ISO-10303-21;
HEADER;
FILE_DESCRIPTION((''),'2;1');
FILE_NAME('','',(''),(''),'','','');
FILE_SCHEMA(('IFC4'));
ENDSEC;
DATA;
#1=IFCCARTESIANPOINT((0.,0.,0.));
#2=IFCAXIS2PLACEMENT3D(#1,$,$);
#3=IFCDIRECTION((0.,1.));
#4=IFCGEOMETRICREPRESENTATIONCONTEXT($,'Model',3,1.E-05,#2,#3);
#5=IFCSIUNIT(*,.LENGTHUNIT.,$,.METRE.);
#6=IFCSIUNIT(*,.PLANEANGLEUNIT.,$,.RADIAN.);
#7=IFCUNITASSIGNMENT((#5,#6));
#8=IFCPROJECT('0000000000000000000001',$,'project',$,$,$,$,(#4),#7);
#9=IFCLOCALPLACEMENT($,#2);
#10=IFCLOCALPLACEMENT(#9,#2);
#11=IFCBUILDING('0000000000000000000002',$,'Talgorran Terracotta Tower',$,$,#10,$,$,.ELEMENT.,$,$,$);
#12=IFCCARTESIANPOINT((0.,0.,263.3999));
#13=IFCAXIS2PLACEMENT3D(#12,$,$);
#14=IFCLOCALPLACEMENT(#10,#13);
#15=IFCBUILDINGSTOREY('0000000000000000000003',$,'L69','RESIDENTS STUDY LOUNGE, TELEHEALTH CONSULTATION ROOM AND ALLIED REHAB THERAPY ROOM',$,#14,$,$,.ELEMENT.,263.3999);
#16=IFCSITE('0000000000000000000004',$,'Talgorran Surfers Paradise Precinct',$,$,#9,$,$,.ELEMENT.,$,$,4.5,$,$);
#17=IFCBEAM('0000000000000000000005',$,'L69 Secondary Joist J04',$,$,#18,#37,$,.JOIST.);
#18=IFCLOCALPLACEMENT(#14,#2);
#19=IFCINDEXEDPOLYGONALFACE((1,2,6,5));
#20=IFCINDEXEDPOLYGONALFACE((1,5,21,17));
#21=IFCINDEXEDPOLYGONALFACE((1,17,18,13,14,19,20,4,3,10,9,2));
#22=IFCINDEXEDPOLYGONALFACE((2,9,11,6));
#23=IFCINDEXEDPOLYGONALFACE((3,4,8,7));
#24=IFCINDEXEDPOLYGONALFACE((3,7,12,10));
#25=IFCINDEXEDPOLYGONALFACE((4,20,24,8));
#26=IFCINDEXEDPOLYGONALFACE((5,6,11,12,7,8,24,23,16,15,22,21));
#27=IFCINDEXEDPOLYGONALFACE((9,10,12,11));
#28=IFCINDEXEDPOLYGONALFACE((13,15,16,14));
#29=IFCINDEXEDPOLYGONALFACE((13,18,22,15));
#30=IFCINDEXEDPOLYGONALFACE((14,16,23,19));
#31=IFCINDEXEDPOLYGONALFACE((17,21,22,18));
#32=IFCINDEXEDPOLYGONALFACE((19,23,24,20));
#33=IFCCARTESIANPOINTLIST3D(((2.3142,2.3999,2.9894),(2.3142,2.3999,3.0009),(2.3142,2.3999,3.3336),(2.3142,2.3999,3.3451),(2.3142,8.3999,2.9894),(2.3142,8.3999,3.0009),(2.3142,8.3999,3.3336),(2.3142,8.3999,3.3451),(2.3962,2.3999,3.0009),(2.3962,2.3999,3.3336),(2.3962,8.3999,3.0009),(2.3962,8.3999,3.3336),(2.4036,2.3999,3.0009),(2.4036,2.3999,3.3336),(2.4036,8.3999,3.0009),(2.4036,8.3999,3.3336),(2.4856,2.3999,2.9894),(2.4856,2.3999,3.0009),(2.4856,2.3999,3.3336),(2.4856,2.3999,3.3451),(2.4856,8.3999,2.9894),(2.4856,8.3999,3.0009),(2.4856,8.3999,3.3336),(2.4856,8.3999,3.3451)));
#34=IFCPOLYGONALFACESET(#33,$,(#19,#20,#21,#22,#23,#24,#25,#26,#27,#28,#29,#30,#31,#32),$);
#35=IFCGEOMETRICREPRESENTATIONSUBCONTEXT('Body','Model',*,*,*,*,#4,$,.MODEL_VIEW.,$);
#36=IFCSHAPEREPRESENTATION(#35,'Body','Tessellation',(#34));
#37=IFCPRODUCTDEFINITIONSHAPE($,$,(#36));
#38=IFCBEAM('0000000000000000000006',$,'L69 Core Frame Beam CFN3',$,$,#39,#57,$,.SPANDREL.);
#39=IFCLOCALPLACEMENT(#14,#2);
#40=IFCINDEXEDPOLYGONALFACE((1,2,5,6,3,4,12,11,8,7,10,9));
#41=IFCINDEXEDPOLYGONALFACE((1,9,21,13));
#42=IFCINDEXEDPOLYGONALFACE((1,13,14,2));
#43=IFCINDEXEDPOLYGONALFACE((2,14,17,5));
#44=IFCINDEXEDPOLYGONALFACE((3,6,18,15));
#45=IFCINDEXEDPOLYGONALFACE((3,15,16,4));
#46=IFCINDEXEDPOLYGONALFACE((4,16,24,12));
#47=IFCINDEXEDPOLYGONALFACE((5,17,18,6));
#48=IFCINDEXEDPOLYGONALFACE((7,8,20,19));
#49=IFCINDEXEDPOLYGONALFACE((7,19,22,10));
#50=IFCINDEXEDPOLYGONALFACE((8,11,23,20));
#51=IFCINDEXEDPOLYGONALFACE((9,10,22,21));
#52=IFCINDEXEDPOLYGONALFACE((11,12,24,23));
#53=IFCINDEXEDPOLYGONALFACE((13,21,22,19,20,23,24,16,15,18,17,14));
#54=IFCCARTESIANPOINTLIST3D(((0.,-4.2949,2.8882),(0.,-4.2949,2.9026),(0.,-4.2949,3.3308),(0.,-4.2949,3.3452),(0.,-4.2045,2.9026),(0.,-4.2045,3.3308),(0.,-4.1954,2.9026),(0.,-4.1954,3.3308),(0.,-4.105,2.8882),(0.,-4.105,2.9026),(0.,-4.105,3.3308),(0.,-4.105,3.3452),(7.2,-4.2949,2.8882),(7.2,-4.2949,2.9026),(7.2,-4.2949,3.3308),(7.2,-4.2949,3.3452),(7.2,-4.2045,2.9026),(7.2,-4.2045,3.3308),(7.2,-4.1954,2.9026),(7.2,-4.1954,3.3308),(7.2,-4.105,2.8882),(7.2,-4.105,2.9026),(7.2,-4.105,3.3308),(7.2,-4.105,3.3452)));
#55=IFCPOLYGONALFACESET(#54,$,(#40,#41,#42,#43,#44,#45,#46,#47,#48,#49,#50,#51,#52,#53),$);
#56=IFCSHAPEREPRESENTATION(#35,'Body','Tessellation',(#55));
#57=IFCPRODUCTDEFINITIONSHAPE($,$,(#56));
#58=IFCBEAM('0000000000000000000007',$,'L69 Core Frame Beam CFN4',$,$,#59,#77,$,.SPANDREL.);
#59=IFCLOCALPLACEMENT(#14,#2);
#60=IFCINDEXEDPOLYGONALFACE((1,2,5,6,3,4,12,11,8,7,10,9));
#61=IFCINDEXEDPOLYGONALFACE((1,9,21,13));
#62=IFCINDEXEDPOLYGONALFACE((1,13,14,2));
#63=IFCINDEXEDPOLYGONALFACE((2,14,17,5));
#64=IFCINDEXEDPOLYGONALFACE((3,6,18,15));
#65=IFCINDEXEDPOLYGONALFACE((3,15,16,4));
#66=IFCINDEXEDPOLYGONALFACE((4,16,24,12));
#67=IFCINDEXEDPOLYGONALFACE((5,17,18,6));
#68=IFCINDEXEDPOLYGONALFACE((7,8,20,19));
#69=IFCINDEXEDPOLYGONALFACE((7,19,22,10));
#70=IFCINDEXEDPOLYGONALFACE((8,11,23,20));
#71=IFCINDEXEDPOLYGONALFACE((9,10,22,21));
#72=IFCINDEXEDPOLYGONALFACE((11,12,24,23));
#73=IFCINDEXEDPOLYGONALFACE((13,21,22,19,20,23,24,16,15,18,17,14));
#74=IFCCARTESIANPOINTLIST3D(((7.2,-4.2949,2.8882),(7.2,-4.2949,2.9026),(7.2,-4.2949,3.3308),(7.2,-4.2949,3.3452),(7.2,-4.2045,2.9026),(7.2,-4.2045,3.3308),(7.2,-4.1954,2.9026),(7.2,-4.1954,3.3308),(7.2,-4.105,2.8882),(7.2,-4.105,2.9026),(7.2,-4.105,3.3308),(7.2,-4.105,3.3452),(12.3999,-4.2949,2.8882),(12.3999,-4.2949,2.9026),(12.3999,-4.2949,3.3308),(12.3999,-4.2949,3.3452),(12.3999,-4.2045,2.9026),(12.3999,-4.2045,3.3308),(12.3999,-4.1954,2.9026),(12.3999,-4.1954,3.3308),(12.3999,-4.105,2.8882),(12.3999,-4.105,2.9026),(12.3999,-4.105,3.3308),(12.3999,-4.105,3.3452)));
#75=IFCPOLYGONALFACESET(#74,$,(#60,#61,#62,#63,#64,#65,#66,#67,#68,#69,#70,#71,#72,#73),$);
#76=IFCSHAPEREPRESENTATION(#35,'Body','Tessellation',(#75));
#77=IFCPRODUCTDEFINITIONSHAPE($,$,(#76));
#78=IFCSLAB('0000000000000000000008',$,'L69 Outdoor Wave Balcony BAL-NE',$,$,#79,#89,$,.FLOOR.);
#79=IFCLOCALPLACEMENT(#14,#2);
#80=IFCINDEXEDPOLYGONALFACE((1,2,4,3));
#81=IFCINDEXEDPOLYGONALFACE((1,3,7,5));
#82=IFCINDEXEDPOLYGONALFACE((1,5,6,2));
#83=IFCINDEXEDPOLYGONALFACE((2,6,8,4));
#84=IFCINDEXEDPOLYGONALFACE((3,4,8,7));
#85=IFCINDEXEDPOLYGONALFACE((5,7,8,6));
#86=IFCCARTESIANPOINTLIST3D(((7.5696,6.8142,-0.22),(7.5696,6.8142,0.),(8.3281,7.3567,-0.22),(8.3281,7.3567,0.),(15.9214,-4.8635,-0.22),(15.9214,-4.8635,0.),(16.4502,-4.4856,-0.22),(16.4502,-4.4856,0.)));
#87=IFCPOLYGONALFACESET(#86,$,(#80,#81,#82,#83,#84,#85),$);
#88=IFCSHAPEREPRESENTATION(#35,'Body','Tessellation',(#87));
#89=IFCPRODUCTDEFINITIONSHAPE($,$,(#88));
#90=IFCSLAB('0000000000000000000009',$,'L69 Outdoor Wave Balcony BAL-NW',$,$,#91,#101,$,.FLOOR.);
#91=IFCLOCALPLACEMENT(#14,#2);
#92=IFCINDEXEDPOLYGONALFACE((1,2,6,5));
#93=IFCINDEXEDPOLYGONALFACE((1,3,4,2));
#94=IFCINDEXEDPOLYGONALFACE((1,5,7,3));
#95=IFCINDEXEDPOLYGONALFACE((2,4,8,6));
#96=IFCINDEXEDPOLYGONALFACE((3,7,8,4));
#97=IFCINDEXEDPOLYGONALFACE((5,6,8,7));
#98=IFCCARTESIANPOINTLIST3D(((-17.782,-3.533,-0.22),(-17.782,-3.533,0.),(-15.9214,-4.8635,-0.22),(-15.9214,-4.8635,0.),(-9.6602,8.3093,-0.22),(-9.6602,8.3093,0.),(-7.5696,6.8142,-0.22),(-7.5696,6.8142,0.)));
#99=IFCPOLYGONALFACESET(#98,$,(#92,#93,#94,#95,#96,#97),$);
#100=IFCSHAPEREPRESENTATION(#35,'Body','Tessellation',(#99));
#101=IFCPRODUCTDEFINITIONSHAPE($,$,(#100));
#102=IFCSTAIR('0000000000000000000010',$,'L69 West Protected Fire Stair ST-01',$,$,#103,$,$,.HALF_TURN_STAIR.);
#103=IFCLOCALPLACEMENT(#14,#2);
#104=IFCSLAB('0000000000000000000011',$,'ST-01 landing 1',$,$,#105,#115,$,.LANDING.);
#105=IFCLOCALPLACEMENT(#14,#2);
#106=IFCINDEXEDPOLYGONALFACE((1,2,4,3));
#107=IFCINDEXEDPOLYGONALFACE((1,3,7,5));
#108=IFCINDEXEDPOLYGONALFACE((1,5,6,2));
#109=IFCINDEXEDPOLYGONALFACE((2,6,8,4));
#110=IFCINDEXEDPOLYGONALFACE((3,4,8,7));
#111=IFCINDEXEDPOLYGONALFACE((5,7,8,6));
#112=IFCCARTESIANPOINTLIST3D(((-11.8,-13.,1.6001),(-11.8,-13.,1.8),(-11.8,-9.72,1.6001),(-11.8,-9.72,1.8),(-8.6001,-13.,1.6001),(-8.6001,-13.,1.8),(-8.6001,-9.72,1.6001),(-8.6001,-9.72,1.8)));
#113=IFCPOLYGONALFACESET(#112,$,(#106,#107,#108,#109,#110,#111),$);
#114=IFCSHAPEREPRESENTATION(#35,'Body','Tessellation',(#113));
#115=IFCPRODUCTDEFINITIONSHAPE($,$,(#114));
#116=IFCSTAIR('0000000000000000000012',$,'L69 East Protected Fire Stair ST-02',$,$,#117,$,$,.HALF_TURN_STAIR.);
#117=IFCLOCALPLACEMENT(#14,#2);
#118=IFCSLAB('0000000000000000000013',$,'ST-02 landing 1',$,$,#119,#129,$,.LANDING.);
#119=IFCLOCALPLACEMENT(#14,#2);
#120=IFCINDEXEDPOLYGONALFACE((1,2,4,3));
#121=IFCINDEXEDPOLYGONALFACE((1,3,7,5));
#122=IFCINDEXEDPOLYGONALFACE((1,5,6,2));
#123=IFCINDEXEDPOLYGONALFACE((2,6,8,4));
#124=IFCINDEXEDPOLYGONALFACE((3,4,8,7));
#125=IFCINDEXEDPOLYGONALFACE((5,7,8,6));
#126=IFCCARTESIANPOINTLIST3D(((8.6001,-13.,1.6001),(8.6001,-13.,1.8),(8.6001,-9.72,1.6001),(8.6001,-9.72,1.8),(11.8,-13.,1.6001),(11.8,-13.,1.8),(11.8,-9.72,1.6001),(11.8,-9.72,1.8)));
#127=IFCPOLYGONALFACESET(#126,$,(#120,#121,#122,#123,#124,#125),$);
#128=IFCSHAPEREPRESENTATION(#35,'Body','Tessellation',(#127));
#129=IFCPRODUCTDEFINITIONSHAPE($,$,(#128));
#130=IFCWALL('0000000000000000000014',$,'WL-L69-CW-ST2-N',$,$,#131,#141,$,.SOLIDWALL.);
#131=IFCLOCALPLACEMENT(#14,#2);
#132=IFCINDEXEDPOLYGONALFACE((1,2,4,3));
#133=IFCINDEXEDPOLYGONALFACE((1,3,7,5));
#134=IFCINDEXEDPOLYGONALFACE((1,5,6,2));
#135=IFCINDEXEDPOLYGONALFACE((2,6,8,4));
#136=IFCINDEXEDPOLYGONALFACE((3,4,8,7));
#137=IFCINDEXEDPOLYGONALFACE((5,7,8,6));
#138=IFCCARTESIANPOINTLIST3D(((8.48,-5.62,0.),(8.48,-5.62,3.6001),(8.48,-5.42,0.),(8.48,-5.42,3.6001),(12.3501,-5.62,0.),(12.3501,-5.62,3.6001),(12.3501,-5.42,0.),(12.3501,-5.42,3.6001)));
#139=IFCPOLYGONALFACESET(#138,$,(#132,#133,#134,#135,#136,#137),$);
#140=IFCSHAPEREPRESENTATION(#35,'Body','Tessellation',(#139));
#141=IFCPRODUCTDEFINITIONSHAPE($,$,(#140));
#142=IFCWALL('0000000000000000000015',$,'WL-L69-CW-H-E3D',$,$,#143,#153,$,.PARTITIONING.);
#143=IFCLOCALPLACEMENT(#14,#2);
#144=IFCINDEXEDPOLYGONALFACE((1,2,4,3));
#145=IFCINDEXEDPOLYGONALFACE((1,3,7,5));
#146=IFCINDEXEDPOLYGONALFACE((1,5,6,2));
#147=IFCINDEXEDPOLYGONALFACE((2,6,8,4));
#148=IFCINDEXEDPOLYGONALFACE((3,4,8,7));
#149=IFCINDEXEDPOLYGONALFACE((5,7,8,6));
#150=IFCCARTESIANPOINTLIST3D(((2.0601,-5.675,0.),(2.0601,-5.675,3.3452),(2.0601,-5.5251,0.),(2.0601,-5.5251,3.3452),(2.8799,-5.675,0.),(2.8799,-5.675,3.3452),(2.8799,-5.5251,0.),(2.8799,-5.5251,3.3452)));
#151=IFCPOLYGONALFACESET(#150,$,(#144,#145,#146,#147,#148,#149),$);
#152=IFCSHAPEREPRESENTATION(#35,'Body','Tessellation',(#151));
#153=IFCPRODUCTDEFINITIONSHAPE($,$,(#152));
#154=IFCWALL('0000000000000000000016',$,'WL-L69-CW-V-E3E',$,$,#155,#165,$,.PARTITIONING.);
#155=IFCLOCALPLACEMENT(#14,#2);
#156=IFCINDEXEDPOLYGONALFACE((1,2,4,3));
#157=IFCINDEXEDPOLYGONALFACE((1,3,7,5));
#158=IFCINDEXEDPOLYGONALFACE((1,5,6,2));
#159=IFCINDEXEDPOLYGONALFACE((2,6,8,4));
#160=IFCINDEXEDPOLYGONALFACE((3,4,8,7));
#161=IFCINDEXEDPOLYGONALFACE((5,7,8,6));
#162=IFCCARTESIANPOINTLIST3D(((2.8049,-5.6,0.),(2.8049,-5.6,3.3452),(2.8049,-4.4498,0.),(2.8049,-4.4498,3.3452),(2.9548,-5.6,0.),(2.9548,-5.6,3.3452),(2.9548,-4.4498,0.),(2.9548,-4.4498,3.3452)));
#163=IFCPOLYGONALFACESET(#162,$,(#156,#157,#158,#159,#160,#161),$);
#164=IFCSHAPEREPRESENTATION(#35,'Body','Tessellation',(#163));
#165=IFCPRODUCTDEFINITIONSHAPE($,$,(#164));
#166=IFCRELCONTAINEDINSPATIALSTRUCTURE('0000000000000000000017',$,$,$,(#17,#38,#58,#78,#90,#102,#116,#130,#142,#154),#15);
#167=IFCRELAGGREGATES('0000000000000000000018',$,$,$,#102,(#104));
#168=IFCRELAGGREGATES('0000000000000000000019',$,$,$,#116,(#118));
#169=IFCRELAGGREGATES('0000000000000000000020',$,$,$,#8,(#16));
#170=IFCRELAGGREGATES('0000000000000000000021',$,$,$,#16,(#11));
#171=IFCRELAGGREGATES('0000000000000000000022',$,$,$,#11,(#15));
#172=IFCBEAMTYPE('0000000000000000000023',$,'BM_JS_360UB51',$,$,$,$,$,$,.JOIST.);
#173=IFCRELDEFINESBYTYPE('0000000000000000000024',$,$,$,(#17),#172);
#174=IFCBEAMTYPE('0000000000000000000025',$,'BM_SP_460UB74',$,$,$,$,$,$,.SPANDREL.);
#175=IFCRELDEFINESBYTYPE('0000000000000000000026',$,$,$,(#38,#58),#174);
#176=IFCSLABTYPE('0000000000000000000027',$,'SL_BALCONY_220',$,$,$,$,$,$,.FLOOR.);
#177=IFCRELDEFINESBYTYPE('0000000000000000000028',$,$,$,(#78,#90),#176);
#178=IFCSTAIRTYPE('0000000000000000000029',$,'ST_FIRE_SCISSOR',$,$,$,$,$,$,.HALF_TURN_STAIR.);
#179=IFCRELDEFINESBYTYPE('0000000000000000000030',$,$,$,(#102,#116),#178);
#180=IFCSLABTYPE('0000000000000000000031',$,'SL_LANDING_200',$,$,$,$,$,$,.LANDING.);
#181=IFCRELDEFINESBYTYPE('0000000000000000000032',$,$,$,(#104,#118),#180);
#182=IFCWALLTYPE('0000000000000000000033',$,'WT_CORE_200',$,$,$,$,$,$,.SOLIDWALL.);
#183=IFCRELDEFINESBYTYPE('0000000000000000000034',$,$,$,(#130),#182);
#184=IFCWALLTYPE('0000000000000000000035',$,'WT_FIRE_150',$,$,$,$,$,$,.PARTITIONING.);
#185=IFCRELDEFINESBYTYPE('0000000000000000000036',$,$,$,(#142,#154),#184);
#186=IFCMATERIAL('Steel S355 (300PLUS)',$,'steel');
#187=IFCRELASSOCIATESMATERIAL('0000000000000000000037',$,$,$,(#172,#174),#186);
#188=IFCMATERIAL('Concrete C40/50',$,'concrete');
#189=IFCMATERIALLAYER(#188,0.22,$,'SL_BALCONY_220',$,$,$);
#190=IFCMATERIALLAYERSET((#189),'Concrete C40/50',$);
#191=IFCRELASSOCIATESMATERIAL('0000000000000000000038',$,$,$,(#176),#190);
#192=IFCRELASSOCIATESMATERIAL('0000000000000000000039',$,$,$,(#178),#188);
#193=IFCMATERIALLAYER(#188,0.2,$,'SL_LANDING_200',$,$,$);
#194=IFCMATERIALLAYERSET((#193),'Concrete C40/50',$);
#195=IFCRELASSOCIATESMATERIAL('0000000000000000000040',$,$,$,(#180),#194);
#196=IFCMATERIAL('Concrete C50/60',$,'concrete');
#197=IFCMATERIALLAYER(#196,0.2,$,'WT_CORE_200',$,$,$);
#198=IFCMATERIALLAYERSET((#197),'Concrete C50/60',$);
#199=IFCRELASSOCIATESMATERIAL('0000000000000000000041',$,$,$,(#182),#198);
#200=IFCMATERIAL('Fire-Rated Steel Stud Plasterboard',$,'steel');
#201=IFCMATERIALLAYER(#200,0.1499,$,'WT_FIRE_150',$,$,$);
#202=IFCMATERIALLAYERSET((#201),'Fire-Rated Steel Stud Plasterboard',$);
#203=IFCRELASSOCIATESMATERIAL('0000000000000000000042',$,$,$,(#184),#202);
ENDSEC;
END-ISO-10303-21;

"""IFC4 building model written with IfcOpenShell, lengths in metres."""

from ifc_helpers import new_model, si_unit, direction, frame, frame_2d, origin, origin_2d, place, context, subcontext, project, spatial, polyline, rectangle, i_section, outline, extrude, material, layer, layer_set, material_profile, profile_set, type_object, element, aggregate, save


model = new_model("IFC4")

# Units and contexts
model_context = context("Model", 3, precision=1e-05, world=origin(), true_north=direction((0.0, 1.0)))
body_context = subcontext(model_context, "Body", "Model", "MODEL_VIEW")
ifc_project = project(units=[si_unit("LENGTHUNIT", "METRE"), si_unit("PLANEANGLEUNIT", "RADIAN")], contexts=[model_context])

# Site, building, storey
site_placement = place(None, origin())
site = spatial("IfcSite", under=ifc_project, at=site_placement, Name="Talgorran Surfers Paradise Precinct", CompositionType="ELEMENT", RefElevation=4.5)
building_placement = place(site_placement, origin())
building = spatial("IfcBuilding", under=site, at=building_placement, Name="Talgorran Terracotta Tower", CompositionType="ELEMENT")
storey_placement = place(building_placement, frame((0.0, 0.0, 263.3999)))
storey = spatial("IfcBuildingStorey", under=building, at=storey_placement, Name="L69", Description="RESIDENTS STUDY LOUNGE, TELEHEALTH CONSULTATION ROOM AND ALLIED REHAB THERAPY ROOM", CompositionType="ELEMENT", Elevation=263.3999)

# Shared definitions
ifc_material_1 = material(Name="Steel S355 (300PLUS)", Category="steel")

# Beams
ifc_material_profile_1 = material_profile(ifc_material_1, i_section(OverallWidth=0.1714, OverallDepth=0.3557, WebThickness=0.0073, FlangeThickness=0.0115, at=origin_2d()), Name="360UB50.7")
ifc_profile_set_1 = profile_set([ifc_material_profile_1], Name="Steel S355 (300PLUS)")
beam_type_1 = type_object("IfcBeamType", Name="BM_JS_360UB51", PredefinedType="JOIST", material=ifc_profile_set_1)
beam_1_placement = place(storey_placement, frame((2.3999, 2.3999, 3.1672), z_axis=(0.0, 1.0, 0.0), x_axis=(-1.0, 0.0, 0.0)))
element("IfcBeam", 1, at=beam_1_placement, inside=storey, type_object=beam_type_1, Name="L69 Secondary Joist J04", PredefinedType="JOIST", context=body_context, shape_type="SweptSolid", body=[
    extrude(i_section(OverallWidth=0.1714, OverallDepth=0.3557, WebThickness=0.0073, FlangeThickness=0.0115, at=origin_2d()), origin(), (0.0, 0.0, 1.0), 6.0),
])
ifc_material_profile_2 = material_profile(ifc_material_1, i_section(OverallWidth=0.1899, OverallDepth=0.457, WebThickness=0.009, FlangeThickness=0.0144, at=origin_2d()), Name="460UB74.6")
ifc_profile_set_2 = profile_set([ifc_material_profile_2], Name="Steel S355 (300PLUS)")
beam_type_2 = type_object("IfcBeamType", Name="BM_SP_460UB74", PredefinedType="SPANDREL", material=ifc_profile_set_2)
beam_2_placement = place(storey_placement, frame((0.0, -4.2, 3.1167), z_axis=(1.0, 0.0, 0.0), x_axis=(0.0, 1.0, 0.0)))
element("IfcBeam", 2, at=beam_2_placement, inside=storey, type_object=beam_type_2, Name="L69 Core Frame Beam CFN3", PredefinedType="SPANDREL", context=body_context, shape_type="SweptSolid", body=[
    extrude(i_section(OverallWidth=0.1899, OverallDepth=0.457, WebThickness=0.009, FlangeThickness=0.0144, at=origin_2d()), origin(), (0.0, 0.0, 1.0), 7.2),
])
beam_3_placement = place(storey_placement, frame((7.2, -4.2, 3.1167), z_axis=(1.0, 0.0, 0.0), x_axis=(0.0, 1.0, 0.0)))
element("IfcBeam", 3, at=beam_3_placement, inside=storey, type_object=beam_type_2, Name="L69 Core Frame Beam CFN4", PredefinedType="SPANDREL", context=body_context, shape_type="SweptSolid", body=[
    extrude(i_section(OverallWidth=0.1899, OverallDepth=0.457, WebThickness=0.009, FlangeThickness=0.0144, at=origin_2d()), origin(), (0.0, 0.0, 1.0), 5.2),
])

# Slabs
ifc_material_2 = material(Name="Concrete C40/50", Category="concrete")
ifc_layer_1 = layer(ifc_material_2, 0.22, Name="SL_BALCONY_220")
ifc_layer_set_1 = layer_set([ifc_layer_1], Name="Concrete C40/50")
slab_type_1 = type_object("IfcSlabType", Name="SL_BALCONY_220", PredefinedType="FLOOR", material=ifc_layer_set_1)
slab_1_placement = place(storey_placement, frame((0.0, 0.0, -0.22)))
element("IfcSlab", 4, at=slab_1_placement, inside=storey, type_object=slab_type_1, Name="L69 Outdoor Wave Balcony BAL-NE", PredefinedType="FLOOR", context=body_context, shape_type="SweptSolid", body=[
    extrude(outline(polyline([(7.5696, 6.8142), (15.9214, -4.8635), (16.4502, -4.4856), (8.3281, 7.3567), (7.5696, 6.8142)])), origin(), (0.0, 0.0, 1.0), 0.22),
])
slab_2_placement = place(storey_placement, frame((0.0, 0.0, -0.22)))
element("IfcSlab", 5, at=slab_2_placement, inside=storey, type_object=slab_type_1, Name="L69 Outdoor Wave Balcony BAL-NW", PredefinedType="FLOOR", context=body_context, shape_type="SweptSolid", body=[
    extrude(outline(polyline([(-15.9214, -4.8635), (-7.5696, 6.8142), (-9.6602, 8.3093), (-17.782, -3.533), (-15.9214, -4.8635)])), origin(), (0.0, 0.0, 1.0), 0.22),
])

# Stairs, slabs
stair_type = type_object("IfcStairType", Name="ST_FIRE_SCISSOR", PredefinedType="HALF_TURN_STAIR", material=ifc_material_2)
stair_1_placement = place(storey_placement, origin())
stair_1 = element("IfcStair", 6, at=stair_1_placement, inside=storey, type_object=stair_type, Name="L69 West Protected Fire Stair ST-01", PredefinedType="HALF_TURN_STAIR")
ifc_layer_2 = layer(ifc_material_2, 0.2, Name="SL_LANDING_200")
ifc_layer_set_2 = layer_set([ifc_layer_2], Name="Concrete C40/50")
slab_type_2 = type_object("IfcSlabType", Name="SL_LANDING_200", PredefinedType="LANDING", material=ifc_layer_set_2)
slab_3_placement = place(storey_placement, frame((0.0, 0.0, 1.6001)))
slab_3 = element("IfcSlab", 7, at=slab_3_placement, type_object=slab_type_2, Name="ST-01 landing 1", PredefinedType="LANDING", context=body_context, shape_type="SweptSolid", body=[
    extrude(outline(polyline([(-11.8, -9.72), (-11.8, -13.0), (-8.6001, -13.0), (-8.6001, -9.72), (-11.8, -9.72)])), origin(), (0.0, 0.0, 1.0), 0.2),
])
aggregate(stair_1, [slab_3])
stair_2_placement = place(storey_placement, origin())
stair_2 = element("IfcStair", 8, at=stair_2_placement, inside=storey, type_object=stair_type, Name="L69 East Protected Fire Stair ST-02", PredefinedType="HALF_TURN_STAIR")
slab_4_placement = place(storey_placement, frame((0.0, 0.0, 1.6001)))
slab_4 = element("IfcSlab", 9, at=slab_4_placement, type_object=slab_type_2, Name="ST-02 landing 1", PredefinedType="LANDING", context=body_context, shape_type="SweptSolid", body=[
    extrude(outline(polyline([(8.6001, -9.72), (8.6001, -13.0), (11.8, -13.0), (11.8, -9.72), (8.6001, -9.72)])), origin(), (0.0, 0.0, 1.0), 0.2),
])
aggregate(stair_2, [slab_4])

# Walls
ifc_material_3 = material(Name="Concrete C50/60", Category="concrete")
ifc_layer_3 = layer(ifc_material_3, 0.2, Name="WT_CORE_200")
ifc_layer_set_3 = layer_set([ifc_layer_3], Name="Concrete C50/60")
wall_type_1 = type_object("IfcWallType", Name="WT_CORE_200", PredefinedType="SOLIDWALL", material=ifc_layer_set_3)
wall_1_placement = place(storey_placement, frame((8.48, -5.52, 0.0), z_axis=(0.0, 0.0, 1.0), x_axis=(1.0, 0.0, 0.0)))
element("IfcWall", 10, at=wall_1_placement, inside=storey, type_object=wall_type_1, Name="WL-L69-CW-ST2-N", PredefinedType="SOLIDWALL", context=body_context, shape_type="SweptSolid", body=[
    extrude(rectangle(XDim=3.8701, YDim=0.2, at=frame_2d((1.9351, 0.0))), origin(), (0.0, 0.0, 1.0), 3.6001),
])
ifc_material_4 = material(Name="Fire-Rated Steel Stud Plasterboard", Category="steel")
ifc_layer_4 = layer(ifc_material_4, 0.1499, Name="WT_FIRE_150")
ifc_layer_set_4 = layer_set([ifc_layer_4], Name="Fire-Rated Steel Stud Plasterboard")
wall_type_2 = type_object("IfcWallType", Name="WT_FIRE_150", PredefinedType="PARTITIONING", material=ifc_layer_set_4)
wall_2_placement = place(storey_placement, frame((2.0601, -5.6001, 0.0), z_axis=(0.0, 0.0, 1.0), x_axis=(1.0, 0.0, 0.0)))
element("IfcWall", 11, at=wall_2_placement, inside=storey, type_object=wall_type_2, Name="WL-L69-CW-H-E3D", PredefinedType="PARTITIONING", context=body_context, shape_type="SweptSolid", body=[
    extrude(rectangle(XDim=0.8198, YDim=0.1499, at=frame_2d((0.4099, 0.0))), origin(), (0.0, 0.0, 1.0), 3.3452),
])
wall_3_placement = place(storey_placement, frame((2.8799, -5.6001, 0.0), z_axis=(0.0, 0.0, 1.0), x_axis=(0.0, 1.0, 0.0)))
element("IfcWall", 12, at=wall_3_placement, inside=storey, type_object=wall_type_2, Name="WL-L69-CW-V-E3E", PredefinedType="PARTITIONING", context=body_context, shape_type="SweptSolid", body=[
    extrude(rectangle(XDim=1.1501, YDim=0.1499, at=frame_2d((0.5752, 0.0))), origin(), (0.0, 0.0, 1.0), 3.3452),
])

save(model, "model.ifc")
